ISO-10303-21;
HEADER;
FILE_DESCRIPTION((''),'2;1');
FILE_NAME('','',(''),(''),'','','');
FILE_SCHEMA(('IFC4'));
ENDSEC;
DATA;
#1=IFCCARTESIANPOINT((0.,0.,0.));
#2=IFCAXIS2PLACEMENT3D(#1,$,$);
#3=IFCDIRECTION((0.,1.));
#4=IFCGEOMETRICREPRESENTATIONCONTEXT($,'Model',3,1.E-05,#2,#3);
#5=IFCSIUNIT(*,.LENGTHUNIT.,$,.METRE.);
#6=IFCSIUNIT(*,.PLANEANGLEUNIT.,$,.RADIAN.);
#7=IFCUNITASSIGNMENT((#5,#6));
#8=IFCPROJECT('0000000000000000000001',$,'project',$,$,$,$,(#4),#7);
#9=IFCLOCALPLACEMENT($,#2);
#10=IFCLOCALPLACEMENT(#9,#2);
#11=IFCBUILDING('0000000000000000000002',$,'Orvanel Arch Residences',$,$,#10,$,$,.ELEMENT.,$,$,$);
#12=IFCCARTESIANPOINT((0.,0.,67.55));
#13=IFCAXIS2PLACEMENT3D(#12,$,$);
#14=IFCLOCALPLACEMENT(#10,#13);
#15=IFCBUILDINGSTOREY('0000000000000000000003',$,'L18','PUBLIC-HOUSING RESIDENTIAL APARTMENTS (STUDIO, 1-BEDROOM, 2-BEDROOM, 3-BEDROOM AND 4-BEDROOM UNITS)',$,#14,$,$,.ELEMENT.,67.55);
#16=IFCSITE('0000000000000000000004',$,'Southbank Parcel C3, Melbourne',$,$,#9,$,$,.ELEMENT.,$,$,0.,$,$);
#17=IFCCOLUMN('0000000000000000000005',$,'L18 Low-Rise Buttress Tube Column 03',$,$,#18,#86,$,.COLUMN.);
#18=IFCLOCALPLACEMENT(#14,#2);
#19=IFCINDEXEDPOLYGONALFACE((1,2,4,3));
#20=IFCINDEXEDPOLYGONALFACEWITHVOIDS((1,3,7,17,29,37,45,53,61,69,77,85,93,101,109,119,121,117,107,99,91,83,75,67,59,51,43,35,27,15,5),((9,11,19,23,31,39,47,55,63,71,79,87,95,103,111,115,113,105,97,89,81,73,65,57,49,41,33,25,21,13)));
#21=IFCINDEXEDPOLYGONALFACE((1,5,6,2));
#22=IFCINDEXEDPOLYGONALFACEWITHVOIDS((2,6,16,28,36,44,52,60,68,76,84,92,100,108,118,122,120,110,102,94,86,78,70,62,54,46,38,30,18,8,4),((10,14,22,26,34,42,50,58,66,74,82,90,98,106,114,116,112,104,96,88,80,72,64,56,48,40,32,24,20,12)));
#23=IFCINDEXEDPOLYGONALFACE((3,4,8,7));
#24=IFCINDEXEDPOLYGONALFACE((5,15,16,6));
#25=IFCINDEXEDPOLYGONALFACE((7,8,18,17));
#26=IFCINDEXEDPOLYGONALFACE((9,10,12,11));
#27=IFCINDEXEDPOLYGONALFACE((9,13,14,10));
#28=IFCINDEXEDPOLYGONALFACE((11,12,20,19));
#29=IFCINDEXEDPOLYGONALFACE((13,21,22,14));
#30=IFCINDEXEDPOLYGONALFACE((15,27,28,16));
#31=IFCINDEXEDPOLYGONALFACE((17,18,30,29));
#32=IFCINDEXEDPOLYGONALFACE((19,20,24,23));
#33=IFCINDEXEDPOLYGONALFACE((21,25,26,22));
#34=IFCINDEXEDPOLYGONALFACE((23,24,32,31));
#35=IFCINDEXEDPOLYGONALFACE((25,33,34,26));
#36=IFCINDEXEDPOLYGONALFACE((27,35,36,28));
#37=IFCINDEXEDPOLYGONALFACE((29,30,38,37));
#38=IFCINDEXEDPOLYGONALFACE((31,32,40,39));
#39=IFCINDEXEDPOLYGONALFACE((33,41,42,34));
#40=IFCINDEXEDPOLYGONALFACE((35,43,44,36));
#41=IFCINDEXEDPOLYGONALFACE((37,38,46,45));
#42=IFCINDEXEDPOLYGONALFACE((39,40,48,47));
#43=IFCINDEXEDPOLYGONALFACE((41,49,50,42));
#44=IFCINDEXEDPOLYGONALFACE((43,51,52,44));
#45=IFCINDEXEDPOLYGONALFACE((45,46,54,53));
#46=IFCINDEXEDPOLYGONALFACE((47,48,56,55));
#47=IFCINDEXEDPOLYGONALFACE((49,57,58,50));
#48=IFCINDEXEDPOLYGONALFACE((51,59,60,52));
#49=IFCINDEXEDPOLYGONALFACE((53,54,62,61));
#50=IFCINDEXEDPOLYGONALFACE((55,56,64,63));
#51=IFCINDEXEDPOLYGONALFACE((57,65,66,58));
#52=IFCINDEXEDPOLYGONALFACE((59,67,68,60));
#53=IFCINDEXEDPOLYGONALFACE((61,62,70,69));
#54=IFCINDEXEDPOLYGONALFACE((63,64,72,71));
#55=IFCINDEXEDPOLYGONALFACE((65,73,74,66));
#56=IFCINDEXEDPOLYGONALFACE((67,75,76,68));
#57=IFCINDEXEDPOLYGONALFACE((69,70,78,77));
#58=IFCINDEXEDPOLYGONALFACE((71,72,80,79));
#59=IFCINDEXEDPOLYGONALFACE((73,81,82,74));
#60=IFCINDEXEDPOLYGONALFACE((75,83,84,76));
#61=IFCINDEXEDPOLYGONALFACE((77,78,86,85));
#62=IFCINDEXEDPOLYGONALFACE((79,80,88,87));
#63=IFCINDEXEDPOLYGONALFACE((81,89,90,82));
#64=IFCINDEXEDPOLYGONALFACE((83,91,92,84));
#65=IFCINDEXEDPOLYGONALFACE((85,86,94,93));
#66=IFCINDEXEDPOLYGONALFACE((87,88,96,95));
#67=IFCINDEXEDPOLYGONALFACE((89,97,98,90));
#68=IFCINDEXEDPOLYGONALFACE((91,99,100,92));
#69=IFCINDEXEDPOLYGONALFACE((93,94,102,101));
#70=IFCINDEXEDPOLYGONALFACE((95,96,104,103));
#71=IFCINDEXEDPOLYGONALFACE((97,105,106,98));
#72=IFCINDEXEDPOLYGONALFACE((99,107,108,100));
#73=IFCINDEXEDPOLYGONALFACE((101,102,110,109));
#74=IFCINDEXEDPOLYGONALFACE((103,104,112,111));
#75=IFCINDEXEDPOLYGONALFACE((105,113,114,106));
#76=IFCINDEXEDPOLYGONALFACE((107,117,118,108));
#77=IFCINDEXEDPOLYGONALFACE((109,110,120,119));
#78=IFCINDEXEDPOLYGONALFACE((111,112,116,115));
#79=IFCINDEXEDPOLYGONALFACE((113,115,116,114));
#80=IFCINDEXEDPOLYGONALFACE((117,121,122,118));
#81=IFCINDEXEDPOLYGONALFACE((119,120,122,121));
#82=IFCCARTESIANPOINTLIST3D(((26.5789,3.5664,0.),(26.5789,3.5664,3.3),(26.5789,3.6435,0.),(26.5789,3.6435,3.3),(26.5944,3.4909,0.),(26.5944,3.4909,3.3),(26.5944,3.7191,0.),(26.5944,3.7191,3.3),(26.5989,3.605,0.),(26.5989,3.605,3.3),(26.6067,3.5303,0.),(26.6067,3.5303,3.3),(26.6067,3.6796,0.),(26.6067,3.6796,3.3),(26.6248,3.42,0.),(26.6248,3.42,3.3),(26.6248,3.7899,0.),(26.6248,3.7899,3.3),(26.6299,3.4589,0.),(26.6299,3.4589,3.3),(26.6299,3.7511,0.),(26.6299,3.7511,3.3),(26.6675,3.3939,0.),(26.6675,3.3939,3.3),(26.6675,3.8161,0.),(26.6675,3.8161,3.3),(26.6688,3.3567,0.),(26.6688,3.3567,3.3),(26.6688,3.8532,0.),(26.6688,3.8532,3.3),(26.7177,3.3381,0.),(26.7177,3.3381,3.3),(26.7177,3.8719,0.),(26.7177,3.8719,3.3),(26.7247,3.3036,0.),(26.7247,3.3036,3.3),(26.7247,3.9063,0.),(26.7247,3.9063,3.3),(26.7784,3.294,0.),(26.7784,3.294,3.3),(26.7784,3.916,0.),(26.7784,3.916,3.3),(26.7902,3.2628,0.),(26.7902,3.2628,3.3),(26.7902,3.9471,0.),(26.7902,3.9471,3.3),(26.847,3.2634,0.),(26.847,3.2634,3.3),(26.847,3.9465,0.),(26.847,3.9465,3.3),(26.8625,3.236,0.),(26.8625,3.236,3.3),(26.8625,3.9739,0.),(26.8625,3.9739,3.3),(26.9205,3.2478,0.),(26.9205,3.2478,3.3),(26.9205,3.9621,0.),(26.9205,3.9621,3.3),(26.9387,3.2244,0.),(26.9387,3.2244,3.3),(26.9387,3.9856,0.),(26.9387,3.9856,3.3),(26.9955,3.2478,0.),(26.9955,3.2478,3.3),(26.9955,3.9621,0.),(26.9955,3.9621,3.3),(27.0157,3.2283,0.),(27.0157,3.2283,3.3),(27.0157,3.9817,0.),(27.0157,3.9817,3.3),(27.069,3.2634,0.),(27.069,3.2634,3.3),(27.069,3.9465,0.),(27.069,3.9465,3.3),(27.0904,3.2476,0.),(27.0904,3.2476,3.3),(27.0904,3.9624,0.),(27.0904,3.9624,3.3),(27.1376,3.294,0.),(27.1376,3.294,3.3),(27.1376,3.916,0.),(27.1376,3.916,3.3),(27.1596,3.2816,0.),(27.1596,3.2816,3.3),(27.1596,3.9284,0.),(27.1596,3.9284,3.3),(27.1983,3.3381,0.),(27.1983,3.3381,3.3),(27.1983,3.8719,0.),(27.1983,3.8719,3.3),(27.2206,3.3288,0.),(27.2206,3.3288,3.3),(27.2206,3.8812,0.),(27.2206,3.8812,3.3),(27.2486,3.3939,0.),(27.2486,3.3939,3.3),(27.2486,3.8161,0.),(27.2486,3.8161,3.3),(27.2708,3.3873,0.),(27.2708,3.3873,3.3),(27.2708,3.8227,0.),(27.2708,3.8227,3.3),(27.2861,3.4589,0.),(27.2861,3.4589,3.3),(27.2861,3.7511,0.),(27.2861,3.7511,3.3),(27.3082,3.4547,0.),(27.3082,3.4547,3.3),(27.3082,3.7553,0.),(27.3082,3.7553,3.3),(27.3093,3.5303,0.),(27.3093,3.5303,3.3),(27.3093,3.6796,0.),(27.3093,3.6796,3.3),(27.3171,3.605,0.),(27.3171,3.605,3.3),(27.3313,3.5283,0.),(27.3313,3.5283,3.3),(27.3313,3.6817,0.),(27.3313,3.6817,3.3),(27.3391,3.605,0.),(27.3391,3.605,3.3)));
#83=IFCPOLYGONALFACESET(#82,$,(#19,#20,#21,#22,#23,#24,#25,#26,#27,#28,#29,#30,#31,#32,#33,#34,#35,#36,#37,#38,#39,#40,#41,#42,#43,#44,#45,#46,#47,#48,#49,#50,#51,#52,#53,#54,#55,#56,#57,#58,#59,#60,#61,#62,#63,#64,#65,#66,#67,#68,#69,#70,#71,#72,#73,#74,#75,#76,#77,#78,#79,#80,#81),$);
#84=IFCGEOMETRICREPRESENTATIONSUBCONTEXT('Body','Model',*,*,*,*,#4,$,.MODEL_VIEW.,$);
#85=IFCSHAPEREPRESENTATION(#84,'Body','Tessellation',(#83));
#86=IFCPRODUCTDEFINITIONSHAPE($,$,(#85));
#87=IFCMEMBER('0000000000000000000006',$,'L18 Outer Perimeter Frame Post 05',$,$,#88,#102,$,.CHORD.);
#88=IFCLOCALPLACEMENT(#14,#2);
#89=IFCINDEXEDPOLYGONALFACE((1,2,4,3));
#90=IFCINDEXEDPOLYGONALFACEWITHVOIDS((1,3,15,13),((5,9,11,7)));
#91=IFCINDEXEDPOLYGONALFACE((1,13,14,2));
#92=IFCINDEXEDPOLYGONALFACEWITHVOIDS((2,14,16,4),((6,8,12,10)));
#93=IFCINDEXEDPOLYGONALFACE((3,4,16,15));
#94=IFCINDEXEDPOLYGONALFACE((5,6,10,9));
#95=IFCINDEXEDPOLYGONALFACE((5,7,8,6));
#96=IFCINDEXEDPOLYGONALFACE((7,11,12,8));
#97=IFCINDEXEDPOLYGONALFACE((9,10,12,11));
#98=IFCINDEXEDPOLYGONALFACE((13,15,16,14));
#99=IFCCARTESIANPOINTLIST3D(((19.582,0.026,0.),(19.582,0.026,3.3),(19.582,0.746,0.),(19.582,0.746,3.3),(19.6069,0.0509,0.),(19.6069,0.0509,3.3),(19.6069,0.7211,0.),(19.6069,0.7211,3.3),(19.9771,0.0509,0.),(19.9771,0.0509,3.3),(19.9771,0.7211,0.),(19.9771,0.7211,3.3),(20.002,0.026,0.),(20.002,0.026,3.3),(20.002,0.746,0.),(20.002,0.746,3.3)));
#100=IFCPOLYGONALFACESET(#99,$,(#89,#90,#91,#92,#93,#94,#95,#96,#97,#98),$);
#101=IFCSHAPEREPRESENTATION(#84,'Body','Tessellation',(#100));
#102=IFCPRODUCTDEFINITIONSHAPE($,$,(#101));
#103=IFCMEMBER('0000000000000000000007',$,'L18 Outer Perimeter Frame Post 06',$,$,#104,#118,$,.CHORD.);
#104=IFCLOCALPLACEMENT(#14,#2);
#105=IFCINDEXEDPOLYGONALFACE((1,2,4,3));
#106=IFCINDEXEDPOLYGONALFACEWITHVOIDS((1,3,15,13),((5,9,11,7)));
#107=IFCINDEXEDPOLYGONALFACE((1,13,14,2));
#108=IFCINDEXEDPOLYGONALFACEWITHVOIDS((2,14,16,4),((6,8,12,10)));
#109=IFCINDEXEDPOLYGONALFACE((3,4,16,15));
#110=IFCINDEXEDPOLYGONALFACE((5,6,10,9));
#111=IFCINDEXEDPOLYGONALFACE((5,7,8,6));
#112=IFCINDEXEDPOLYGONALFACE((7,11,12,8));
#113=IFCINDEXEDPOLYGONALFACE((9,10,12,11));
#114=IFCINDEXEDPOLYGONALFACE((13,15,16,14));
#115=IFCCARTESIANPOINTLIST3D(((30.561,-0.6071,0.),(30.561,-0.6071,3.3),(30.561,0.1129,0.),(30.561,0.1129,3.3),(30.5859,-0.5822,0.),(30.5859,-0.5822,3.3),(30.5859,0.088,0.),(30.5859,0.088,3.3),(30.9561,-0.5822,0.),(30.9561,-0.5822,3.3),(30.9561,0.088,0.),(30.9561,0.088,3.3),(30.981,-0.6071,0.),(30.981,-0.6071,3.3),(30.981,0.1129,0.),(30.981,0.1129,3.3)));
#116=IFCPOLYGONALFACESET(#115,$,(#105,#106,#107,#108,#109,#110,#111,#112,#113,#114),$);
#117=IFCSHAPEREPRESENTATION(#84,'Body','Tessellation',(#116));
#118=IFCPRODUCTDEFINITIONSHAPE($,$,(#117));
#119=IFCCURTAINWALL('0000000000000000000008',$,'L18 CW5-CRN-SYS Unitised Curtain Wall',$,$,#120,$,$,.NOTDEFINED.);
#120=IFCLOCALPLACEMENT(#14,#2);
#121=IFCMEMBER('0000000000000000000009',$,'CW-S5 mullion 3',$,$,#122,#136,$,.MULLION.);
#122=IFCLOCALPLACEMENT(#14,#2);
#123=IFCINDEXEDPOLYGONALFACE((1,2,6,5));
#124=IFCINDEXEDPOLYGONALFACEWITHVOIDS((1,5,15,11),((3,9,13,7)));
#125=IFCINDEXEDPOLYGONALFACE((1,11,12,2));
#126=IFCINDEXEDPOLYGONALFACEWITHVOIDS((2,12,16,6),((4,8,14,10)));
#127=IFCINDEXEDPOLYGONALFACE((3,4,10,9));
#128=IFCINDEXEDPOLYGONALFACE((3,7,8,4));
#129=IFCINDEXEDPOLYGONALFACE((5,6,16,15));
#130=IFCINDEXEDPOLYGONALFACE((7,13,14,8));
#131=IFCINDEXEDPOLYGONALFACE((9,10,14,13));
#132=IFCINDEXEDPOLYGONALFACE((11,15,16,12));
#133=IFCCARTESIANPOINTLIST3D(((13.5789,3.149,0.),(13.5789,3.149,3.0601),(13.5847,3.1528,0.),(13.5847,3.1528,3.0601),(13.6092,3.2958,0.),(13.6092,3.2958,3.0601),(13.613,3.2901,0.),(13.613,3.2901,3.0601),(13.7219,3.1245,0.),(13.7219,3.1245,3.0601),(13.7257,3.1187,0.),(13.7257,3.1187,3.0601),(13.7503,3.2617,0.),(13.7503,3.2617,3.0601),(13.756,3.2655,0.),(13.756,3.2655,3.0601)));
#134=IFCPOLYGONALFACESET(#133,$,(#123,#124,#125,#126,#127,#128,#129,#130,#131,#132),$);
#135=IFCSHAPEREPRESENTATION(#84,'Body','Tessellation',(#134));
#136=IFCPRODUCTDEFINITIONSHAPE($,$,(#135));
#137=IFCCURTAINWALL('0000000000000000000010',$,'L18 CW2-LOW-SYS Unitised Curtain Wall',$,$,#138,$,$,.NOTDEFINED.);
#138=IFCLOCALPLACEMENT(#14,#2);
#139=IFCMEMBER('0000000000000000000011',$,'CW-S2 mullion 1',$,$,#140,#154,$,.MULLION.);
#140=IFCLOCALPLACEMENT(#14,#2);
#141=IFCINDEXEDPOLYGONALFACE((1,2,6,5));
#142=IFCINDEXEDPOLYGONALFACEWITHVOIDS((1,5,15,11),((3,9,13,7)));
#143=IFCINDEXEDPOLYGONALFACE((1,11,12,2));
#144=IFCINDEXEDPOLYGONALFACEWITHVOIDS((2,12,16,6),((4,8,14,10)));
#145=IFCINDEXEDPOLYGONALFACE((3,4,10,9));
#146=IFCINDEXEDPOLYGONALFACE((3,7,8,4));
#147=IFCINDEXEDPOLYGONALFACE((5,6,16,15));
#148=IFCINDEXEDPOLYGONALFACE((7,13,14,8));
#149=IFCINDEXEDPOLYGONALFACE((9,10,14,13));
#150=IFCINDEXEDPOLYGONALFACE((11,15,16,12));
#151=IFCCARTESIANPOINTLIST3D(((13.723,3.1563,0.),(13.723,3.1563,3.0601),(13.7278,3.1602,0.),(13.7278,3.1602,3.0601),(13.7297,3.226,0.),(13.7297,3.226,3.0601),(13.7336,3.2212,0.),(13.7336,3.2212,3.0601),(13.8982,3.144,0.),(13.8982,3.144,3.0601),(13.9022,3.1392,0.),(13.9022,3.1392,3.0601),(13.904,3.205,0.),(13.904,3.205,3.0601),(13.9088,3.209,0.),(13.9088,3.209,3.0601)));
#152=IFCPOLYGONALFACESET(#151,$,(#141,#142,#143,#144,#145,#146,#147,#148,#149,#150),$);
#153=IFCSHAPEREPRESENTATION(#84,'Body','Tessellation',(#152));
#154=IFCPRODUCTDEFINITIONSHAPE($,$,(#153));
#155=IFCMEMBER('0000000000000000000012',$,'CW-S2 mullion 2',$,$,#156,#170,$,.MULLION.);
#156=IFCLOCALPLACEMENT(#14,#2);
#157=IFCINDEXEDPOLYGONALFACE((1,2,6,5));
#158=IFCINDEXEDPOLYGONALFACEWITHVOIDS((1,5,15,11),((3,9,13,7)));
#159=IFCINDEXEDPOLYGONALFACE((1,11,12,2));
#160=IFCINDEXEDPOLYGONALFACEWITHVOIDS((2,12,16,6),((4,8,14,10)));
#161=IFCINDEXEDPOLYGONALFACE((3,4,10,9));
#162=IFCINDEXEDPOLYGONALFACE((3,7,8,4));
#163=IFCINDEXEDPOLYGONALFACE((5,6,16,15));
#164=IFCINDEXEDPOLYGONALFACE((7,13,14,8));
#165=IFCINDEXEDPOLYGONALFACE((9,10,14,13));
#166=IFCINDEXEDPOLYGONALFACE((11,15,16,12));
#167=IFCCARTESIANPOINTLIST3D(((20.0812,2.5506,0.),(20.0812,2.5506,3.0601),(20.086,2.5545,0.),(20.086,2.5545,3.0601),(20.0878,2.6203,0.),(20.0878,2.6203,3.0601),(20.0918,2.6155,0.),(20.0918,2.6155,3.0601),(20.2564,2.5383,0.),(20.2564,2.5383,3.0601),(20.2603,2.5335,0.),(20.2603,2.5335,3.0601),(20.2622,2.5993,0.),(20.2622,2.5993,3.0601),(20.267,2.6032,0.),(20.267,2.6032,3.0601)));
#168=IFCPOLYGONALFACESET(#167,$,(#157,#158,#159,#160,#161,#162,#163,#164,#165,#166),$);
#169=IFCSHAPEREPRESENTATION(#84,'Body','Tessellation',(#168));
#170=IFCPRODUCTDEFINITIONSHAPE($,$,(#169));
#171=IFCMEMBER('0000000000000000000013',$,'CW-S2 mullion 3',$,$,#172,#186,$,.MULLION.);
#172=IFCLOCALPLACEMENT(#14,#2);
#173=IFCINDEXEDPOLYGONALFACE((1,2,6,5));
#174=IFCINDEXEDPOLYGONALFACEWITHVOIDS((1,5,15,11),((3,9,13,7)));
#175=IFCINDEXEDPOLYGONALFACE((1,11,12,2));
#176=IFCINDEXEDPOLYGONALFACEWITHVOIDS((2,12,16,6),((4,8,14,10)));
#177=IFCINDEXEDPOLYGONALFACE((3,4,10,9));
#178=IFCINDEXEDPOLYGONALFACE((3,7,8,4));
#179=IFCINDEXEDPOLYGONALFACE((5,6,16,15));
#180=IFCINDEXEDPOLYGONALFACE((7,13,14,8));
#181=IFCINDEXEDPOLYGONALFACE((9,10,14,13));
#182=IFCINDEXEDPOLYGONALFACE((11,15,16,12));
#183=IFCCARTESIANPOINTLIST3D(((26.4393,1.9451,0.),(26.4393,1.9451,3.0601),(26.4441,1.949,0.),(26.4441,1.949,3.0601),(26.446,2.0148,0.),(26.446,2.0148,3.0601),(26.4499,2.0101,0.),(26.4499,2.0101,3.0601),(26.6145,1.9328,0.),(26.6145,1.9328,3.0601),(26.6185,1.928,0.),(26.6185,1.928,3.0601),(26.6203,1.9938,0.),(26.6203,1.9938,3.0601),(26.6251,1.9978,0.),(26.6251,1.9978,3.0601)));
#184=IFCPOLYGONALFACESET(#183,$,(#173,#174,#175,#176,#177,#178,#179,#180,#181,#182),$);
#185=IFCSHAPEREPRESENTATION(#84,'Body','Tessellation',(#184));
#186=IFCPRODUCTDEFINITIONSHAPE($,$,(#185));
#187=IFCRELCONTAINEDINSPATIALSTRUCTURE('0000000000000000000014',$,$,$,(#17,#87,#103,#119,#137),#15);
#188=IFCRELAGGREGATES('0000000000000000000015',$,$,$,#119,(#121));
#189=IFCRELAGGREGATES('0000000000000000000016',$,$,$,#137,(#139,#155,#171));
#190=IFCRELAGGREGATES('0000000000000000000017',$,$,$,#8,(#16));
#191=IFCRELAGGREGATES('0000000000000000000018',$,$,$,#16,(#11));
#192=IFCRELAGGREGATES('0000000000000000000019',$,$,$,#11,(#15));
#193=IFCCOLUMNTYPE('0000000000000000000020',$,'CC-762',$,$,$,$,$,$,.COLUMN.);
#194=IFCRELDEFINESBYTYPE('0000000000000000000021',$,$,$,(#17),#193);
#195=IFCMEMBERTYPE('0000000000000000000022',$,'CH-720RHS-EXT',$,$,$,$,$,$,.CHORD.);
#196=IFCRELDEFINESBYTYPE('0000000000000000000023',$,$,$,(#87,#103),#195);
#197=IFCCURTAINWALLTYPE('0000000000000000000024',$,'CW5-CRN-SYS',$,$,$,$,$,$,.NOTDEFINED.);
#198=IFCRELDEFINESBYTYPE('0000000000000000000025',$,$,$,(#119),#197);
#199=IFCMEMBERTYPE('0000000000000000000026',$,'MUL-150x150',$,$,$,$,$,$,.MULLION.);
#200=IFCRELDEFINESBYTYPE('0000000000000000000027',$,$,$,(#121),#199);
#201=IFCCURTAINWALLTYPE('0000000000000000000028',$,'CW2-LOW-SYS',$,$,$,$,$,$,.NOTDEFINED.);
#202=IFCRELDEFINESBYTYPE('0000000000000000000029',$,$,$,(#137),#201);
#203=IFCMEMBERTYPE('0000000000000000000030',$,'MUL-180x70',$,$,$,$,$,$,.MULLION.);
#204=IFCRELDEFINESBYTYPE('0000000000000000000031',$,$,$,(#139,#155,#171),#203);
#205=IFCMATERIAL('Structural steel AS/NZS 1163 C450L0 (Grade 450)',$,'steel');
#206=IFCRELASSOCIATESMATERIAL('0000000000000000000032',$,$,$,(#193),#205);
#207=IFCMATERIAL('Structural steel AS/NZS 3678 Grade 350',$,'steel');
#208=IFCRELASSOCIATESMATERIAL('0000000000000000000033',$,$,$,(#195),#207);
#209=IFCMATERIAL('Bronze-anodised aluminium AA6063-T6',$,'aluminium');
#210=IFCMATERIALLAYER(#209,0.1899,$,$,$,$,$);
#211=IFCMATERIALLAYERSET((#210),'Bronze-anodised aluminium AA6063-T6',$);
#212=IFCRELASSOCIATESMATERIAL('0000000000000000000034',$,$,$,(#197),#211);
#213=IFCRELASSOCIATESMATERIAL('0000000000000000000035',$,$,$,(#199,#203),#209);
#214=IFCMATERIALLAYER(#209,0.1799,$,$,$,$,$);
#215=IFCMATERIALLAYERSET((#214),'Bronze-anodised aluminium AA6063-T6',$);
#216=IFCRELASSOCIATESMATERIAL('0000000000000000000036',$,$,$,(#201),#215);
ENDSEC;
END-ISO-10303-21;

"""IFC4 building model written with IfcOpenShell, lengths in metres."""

from ifc_helpers import new_model, si_unit, direction, frame, origin, origin_2d, place, context, subcontext, project, spatial, hollow_rectangle, hollow_circle, extrude, material, layer, layer_set, material_profile, profile_set, type_object, element, aggregate, save


model = new_model("IFC4")

# Units and contexts
model_context = context("Model", 3, precision=1e-05, world=origin(), true_north=direction((0.0, 1.0)))
body_context = subcontext(model_context, "Body", "Model", "MODEL_VIEW")
ifc_project = project(units=[si_unit("LENGTHUNIT", "METRE"), si_unit("PLANEANGLEUNIT", "RADIAN")], contexts=[model_context])

# Site, building, storey
site_placement = place(None, origin())
site = spatial("IfcSite", under=ifc_project, at=site_placement, Name="Southbank Parcel C3, Melbourne", CompositionType="ELEMENT", RefElevation=0.0)
building_placement = place(site_placement, origin())
building = spatial("IfcBuilding", under=site, at=building_placement, Name="Orvanel Arch Residences", CompositionType="ELEMENT")
storey_placement = place(building_placement, frame((0.0, 0.0, 67.55)))
storey = spatial("IfcBuildingStorey", under=building, at=storey_placement, Name="L18", Description="PUBLIC-HOUSING RESIDENTIAL APARTMENTS (STUDIO, 1-BEDROOM, 2-BEDROOM, 3-BEDROOM AND 4-BEDROOM UNITS)", CompositionType="ELEMENT", Elevation=67.55)

# Column
ifc_material_1 = material(Name="Structural steel AS/NZS 1163 C450L0 (Grade 450)", Category="steel")
ifc_material_profile_1 = material_profile(ifc_material_1, hollow_circle(Radius=0.3811, WallThickness=0.022, at=origin_2d()), Name="CHS762x22")
ifc_profile_set_1 = profile_set([ifc_material_profile_1], Name="Structural steel AS/NZS 1163 C450L0 (Grade 450)")
column_type = type_object("IfcColumnType", Name="CC-762", PredefinedType="COLUMN", material=ifc_profile_set_1)
column_placement = place(storey_placement, frame((26.958, 3.605, 0.0), z_axis=(0.0, 0.0, 1.0), x_axis=(1.0, 0.0, 0.0)))
element("IfcColumn", 1, at=column_placement, inside=storey, type_object=column_type, Name="L18 Low-Rise Buttress Tube Column 03", PredefinedType="COLUMN", context=body_context, shape_type="SweptSolid", body=[
    extrude(hollow_circle(Radius=0.3811, WallThickness=0.022, at=origin_2d()), origin(), (0.0, 0.0, 1.0), 3.3),
])

# Members
ifc_material_2 = material(Name="Structural steel AS/NZS 3678 Grade 350", Category="steel")
ifc_material_profile_2 = material_profile(ifc_material_2, hollow_rectangle(XDim=0.4199, YDim=0.72, WallThickness=0.0249, at=origin_2d()), Name="RHS720x420x25")
ifc_profile_set_2 = profile_set([ifc_material_profile_2], Name="Structural steel AS/NZS 3678 Grade 350")
member_type_1 = type_object("IfcMemberType", Name="CH-720RHS-EXT", PredefinedType="CHORD", material=ifc_profile_set_2)
for number, where, z_axis, x_axis, name in (
    (2, (19.792, 0.386, 0.0), (0.0, 0.0, 1.0), (1.0, 0.0, 0.0), "L18 Outer Perimeter Frame Post 05"),
    (3, (30.771, -0.2471, 0.0), (0.0, 0.0, 1.0), (1.0, 0.0, 0.0), "L18 Outer Perimeter Frame Post 06"),
):
    element("IfcMember", number, at=place(storey_placement, frame(where, z_axis=z_axis, x_axis=x_axis)), inside=storey, type_object=member_type_1, Name=name, PredefinedType="CHORD", context=body_context, shape_type="SweptSolid", body=[
        extrude(hollow_rectangle(XDim=0.4199, YDim=0.72, WallThickness=0.0249, at=origin_2d()), origin(), (0.0, 0.0, 1.0), 3.3),
    ])

# Curtain wall, member
ifc_material_3 = material(Name="Bronze-anodised aluminium AA6063-T6", Category="aluminium")
ifc_layer_1 = layer(ifc_material_3, 0.1899)
ifc_layer_set_1 = layer_set([ifc_layer_1], Name="Bronze-anodised aluminium AA6063-T6")
curtain_wall_type_1 = type_object("IfcCurtainWallType", Name="CW5-CRN-SYS", PredefinedType="NOTDEFINED", material=ifc_layer_set_1)
curtain_wall_1_placement = place(storey_placement, origin())
curtain_wall_1 = element("IfcCurtainWall", 4, at=curtain_wall_1_placement, inside=storey, type_object=curtain_wall_type_1, Name="L18 CW5-CRN-SYS Unitised Curtain Wall", PredefinedType="NOTDEFINED")
ifc_material_profile_3 = material_profile(ifc_material_3, hollow_rectangle(XDim=0.1499, YDim=0.1499, WallThickness=0.0049, at=origin_2d()), Name="ALU150x150x5")
ifc_profile_set_3 = profile_set([ifc_material_profile_3], Name="Bronze-anodised aluminium AA6063-T6")
member_type_2 = type_object("IfcMemberType", Name="MUL-150x150", PredefinedType="MULLION", material=ifc_profile_set_3)
member_1_placement = place(storey_placement, frame((13.6675, 3.2073, 0.0), z_axis=(0.0, 0.0, 1.0), x_axis=(0.202302, 0.979323, 0.0)))
member_1 = element("IfcMember", 5, at=member_1_placement, type_object=member_type_2, Name="CW-S5 mullion 3", PredefinedType="MULLION", context=body_context, shape_type="SweptSolid", body=[
    extrude(hollow_rectangle(XDim=0.1499, YDim=0.1499, WallThickness=0.0049, at=origin_2d()), origin(), (0.0, 0.0, 1.0), 3.0601),
])
aggregate(curtain_wall_1, [member_1])

# Curtain wall, members
ifc_layer_2 = layer(ifc_material_3, 0.1799)
ifc_layer_set_2 = layer_set([ifc_layer_2], Name="Bronze-anodised aluminium AA6063-T6")
curtain_wall_type_2 = type_object("IfcCurtainWallType", Name="CW2-LOW-SYS", PredefinedType="NOTDEFINED", material=ifc_layer_set_2)
curtain_wall_2_placement = place(storey_placement, origin())
curtain_wall_2 = element("IfcCurtainWall", 6, at=curtain_wall_2_placement, inside=storey, type_object=curtain_wall_type_2, Name="L18 CW2-LOW-SYS Unitised Curtain Wall", PredefinedType="NOTDEFINED")
ifc_material_profile_4 = material_profile(ifc_material_3, hollow_rectangle(XDim=0.0701, YDim=0.1799, WallThickness=0.0044, at=origin_2d()), Name="ALU180x70x4.5")
ifc_profile_set_4 = profile_set([ifc_material_profile_4], Name="Bronze-anodised aluminium AA6063-T6")
member_type_3 = type_object("IfcMemberType", Name="MUL-180x70", PredefinedType="MULLION", material=ifc_profile_set_4)
member_2_placement = place(storey_placement, frame((13.8159, 3.1826, 0.0), z_axis=(0.0, 0.0, 1.0), x_axis=(0.094831, 0.995493, 0.0)))
member_2 = element("IfcMember", 7, at=member_2_placement, type_object=member_type_3, Name="CW-S2 mullion 1", PredefinedType="MULLION", context=body_context, shape_type="SweptSolid", body=[
    extrude(hollow_rectangle(XDim=0.0701, YDim=0.1799, WallThickness=0.0044, at=origin_2d()), origin(), (0.0, 0.0, 1.0), 3.0601),
])
member_3_placement = place(storey_placement, frame((20.1741, 2.5769, 0.0), z_axis=(0.0, 0.0, 1.0), x_axis=(0.094831, 0.995493, 0.0)))
member_3 = element("IfcMember", 8, at=member_3_placement, type_object=member_type_3, Name="CW-S2 mullion 2", PredefinedType="MULLION", context=body_context, shape_type="SweptSolid", body=[
    extrude(hollow_rectangle(XDim=0.0701, YDim=0.1799, WallThickness=0.0044, at=origin_2d()), origin(), (0.0, 0.0, 1.0), 3.0601),
])
member_4_placement = place(storey_placement, frame((26.5322, 1.9714, 0.0), z_axis=(0.0, 0.0, 1.0), x_axis=(0.094831, 0.995493, 0.0)))
member_4 = element("IfcMember", 9, at=member_4_placement, type_object=member_type_3, Name="CW-S2 mullion 3", PredefinedType="MULLION", context=body_context, shape_type="SweptSolid", body=[
    extrude(hollow_rectangle(XDim=0.0701, YDim=0.1799, WallThickness=0.0044, at=origin_2d()), origin(), (0.0, 0.0, 1.0), 3.0601),
])

aggregate(curtain_wall_2, [member_2, member_3, member_4])

save(model, "model.ifc")
